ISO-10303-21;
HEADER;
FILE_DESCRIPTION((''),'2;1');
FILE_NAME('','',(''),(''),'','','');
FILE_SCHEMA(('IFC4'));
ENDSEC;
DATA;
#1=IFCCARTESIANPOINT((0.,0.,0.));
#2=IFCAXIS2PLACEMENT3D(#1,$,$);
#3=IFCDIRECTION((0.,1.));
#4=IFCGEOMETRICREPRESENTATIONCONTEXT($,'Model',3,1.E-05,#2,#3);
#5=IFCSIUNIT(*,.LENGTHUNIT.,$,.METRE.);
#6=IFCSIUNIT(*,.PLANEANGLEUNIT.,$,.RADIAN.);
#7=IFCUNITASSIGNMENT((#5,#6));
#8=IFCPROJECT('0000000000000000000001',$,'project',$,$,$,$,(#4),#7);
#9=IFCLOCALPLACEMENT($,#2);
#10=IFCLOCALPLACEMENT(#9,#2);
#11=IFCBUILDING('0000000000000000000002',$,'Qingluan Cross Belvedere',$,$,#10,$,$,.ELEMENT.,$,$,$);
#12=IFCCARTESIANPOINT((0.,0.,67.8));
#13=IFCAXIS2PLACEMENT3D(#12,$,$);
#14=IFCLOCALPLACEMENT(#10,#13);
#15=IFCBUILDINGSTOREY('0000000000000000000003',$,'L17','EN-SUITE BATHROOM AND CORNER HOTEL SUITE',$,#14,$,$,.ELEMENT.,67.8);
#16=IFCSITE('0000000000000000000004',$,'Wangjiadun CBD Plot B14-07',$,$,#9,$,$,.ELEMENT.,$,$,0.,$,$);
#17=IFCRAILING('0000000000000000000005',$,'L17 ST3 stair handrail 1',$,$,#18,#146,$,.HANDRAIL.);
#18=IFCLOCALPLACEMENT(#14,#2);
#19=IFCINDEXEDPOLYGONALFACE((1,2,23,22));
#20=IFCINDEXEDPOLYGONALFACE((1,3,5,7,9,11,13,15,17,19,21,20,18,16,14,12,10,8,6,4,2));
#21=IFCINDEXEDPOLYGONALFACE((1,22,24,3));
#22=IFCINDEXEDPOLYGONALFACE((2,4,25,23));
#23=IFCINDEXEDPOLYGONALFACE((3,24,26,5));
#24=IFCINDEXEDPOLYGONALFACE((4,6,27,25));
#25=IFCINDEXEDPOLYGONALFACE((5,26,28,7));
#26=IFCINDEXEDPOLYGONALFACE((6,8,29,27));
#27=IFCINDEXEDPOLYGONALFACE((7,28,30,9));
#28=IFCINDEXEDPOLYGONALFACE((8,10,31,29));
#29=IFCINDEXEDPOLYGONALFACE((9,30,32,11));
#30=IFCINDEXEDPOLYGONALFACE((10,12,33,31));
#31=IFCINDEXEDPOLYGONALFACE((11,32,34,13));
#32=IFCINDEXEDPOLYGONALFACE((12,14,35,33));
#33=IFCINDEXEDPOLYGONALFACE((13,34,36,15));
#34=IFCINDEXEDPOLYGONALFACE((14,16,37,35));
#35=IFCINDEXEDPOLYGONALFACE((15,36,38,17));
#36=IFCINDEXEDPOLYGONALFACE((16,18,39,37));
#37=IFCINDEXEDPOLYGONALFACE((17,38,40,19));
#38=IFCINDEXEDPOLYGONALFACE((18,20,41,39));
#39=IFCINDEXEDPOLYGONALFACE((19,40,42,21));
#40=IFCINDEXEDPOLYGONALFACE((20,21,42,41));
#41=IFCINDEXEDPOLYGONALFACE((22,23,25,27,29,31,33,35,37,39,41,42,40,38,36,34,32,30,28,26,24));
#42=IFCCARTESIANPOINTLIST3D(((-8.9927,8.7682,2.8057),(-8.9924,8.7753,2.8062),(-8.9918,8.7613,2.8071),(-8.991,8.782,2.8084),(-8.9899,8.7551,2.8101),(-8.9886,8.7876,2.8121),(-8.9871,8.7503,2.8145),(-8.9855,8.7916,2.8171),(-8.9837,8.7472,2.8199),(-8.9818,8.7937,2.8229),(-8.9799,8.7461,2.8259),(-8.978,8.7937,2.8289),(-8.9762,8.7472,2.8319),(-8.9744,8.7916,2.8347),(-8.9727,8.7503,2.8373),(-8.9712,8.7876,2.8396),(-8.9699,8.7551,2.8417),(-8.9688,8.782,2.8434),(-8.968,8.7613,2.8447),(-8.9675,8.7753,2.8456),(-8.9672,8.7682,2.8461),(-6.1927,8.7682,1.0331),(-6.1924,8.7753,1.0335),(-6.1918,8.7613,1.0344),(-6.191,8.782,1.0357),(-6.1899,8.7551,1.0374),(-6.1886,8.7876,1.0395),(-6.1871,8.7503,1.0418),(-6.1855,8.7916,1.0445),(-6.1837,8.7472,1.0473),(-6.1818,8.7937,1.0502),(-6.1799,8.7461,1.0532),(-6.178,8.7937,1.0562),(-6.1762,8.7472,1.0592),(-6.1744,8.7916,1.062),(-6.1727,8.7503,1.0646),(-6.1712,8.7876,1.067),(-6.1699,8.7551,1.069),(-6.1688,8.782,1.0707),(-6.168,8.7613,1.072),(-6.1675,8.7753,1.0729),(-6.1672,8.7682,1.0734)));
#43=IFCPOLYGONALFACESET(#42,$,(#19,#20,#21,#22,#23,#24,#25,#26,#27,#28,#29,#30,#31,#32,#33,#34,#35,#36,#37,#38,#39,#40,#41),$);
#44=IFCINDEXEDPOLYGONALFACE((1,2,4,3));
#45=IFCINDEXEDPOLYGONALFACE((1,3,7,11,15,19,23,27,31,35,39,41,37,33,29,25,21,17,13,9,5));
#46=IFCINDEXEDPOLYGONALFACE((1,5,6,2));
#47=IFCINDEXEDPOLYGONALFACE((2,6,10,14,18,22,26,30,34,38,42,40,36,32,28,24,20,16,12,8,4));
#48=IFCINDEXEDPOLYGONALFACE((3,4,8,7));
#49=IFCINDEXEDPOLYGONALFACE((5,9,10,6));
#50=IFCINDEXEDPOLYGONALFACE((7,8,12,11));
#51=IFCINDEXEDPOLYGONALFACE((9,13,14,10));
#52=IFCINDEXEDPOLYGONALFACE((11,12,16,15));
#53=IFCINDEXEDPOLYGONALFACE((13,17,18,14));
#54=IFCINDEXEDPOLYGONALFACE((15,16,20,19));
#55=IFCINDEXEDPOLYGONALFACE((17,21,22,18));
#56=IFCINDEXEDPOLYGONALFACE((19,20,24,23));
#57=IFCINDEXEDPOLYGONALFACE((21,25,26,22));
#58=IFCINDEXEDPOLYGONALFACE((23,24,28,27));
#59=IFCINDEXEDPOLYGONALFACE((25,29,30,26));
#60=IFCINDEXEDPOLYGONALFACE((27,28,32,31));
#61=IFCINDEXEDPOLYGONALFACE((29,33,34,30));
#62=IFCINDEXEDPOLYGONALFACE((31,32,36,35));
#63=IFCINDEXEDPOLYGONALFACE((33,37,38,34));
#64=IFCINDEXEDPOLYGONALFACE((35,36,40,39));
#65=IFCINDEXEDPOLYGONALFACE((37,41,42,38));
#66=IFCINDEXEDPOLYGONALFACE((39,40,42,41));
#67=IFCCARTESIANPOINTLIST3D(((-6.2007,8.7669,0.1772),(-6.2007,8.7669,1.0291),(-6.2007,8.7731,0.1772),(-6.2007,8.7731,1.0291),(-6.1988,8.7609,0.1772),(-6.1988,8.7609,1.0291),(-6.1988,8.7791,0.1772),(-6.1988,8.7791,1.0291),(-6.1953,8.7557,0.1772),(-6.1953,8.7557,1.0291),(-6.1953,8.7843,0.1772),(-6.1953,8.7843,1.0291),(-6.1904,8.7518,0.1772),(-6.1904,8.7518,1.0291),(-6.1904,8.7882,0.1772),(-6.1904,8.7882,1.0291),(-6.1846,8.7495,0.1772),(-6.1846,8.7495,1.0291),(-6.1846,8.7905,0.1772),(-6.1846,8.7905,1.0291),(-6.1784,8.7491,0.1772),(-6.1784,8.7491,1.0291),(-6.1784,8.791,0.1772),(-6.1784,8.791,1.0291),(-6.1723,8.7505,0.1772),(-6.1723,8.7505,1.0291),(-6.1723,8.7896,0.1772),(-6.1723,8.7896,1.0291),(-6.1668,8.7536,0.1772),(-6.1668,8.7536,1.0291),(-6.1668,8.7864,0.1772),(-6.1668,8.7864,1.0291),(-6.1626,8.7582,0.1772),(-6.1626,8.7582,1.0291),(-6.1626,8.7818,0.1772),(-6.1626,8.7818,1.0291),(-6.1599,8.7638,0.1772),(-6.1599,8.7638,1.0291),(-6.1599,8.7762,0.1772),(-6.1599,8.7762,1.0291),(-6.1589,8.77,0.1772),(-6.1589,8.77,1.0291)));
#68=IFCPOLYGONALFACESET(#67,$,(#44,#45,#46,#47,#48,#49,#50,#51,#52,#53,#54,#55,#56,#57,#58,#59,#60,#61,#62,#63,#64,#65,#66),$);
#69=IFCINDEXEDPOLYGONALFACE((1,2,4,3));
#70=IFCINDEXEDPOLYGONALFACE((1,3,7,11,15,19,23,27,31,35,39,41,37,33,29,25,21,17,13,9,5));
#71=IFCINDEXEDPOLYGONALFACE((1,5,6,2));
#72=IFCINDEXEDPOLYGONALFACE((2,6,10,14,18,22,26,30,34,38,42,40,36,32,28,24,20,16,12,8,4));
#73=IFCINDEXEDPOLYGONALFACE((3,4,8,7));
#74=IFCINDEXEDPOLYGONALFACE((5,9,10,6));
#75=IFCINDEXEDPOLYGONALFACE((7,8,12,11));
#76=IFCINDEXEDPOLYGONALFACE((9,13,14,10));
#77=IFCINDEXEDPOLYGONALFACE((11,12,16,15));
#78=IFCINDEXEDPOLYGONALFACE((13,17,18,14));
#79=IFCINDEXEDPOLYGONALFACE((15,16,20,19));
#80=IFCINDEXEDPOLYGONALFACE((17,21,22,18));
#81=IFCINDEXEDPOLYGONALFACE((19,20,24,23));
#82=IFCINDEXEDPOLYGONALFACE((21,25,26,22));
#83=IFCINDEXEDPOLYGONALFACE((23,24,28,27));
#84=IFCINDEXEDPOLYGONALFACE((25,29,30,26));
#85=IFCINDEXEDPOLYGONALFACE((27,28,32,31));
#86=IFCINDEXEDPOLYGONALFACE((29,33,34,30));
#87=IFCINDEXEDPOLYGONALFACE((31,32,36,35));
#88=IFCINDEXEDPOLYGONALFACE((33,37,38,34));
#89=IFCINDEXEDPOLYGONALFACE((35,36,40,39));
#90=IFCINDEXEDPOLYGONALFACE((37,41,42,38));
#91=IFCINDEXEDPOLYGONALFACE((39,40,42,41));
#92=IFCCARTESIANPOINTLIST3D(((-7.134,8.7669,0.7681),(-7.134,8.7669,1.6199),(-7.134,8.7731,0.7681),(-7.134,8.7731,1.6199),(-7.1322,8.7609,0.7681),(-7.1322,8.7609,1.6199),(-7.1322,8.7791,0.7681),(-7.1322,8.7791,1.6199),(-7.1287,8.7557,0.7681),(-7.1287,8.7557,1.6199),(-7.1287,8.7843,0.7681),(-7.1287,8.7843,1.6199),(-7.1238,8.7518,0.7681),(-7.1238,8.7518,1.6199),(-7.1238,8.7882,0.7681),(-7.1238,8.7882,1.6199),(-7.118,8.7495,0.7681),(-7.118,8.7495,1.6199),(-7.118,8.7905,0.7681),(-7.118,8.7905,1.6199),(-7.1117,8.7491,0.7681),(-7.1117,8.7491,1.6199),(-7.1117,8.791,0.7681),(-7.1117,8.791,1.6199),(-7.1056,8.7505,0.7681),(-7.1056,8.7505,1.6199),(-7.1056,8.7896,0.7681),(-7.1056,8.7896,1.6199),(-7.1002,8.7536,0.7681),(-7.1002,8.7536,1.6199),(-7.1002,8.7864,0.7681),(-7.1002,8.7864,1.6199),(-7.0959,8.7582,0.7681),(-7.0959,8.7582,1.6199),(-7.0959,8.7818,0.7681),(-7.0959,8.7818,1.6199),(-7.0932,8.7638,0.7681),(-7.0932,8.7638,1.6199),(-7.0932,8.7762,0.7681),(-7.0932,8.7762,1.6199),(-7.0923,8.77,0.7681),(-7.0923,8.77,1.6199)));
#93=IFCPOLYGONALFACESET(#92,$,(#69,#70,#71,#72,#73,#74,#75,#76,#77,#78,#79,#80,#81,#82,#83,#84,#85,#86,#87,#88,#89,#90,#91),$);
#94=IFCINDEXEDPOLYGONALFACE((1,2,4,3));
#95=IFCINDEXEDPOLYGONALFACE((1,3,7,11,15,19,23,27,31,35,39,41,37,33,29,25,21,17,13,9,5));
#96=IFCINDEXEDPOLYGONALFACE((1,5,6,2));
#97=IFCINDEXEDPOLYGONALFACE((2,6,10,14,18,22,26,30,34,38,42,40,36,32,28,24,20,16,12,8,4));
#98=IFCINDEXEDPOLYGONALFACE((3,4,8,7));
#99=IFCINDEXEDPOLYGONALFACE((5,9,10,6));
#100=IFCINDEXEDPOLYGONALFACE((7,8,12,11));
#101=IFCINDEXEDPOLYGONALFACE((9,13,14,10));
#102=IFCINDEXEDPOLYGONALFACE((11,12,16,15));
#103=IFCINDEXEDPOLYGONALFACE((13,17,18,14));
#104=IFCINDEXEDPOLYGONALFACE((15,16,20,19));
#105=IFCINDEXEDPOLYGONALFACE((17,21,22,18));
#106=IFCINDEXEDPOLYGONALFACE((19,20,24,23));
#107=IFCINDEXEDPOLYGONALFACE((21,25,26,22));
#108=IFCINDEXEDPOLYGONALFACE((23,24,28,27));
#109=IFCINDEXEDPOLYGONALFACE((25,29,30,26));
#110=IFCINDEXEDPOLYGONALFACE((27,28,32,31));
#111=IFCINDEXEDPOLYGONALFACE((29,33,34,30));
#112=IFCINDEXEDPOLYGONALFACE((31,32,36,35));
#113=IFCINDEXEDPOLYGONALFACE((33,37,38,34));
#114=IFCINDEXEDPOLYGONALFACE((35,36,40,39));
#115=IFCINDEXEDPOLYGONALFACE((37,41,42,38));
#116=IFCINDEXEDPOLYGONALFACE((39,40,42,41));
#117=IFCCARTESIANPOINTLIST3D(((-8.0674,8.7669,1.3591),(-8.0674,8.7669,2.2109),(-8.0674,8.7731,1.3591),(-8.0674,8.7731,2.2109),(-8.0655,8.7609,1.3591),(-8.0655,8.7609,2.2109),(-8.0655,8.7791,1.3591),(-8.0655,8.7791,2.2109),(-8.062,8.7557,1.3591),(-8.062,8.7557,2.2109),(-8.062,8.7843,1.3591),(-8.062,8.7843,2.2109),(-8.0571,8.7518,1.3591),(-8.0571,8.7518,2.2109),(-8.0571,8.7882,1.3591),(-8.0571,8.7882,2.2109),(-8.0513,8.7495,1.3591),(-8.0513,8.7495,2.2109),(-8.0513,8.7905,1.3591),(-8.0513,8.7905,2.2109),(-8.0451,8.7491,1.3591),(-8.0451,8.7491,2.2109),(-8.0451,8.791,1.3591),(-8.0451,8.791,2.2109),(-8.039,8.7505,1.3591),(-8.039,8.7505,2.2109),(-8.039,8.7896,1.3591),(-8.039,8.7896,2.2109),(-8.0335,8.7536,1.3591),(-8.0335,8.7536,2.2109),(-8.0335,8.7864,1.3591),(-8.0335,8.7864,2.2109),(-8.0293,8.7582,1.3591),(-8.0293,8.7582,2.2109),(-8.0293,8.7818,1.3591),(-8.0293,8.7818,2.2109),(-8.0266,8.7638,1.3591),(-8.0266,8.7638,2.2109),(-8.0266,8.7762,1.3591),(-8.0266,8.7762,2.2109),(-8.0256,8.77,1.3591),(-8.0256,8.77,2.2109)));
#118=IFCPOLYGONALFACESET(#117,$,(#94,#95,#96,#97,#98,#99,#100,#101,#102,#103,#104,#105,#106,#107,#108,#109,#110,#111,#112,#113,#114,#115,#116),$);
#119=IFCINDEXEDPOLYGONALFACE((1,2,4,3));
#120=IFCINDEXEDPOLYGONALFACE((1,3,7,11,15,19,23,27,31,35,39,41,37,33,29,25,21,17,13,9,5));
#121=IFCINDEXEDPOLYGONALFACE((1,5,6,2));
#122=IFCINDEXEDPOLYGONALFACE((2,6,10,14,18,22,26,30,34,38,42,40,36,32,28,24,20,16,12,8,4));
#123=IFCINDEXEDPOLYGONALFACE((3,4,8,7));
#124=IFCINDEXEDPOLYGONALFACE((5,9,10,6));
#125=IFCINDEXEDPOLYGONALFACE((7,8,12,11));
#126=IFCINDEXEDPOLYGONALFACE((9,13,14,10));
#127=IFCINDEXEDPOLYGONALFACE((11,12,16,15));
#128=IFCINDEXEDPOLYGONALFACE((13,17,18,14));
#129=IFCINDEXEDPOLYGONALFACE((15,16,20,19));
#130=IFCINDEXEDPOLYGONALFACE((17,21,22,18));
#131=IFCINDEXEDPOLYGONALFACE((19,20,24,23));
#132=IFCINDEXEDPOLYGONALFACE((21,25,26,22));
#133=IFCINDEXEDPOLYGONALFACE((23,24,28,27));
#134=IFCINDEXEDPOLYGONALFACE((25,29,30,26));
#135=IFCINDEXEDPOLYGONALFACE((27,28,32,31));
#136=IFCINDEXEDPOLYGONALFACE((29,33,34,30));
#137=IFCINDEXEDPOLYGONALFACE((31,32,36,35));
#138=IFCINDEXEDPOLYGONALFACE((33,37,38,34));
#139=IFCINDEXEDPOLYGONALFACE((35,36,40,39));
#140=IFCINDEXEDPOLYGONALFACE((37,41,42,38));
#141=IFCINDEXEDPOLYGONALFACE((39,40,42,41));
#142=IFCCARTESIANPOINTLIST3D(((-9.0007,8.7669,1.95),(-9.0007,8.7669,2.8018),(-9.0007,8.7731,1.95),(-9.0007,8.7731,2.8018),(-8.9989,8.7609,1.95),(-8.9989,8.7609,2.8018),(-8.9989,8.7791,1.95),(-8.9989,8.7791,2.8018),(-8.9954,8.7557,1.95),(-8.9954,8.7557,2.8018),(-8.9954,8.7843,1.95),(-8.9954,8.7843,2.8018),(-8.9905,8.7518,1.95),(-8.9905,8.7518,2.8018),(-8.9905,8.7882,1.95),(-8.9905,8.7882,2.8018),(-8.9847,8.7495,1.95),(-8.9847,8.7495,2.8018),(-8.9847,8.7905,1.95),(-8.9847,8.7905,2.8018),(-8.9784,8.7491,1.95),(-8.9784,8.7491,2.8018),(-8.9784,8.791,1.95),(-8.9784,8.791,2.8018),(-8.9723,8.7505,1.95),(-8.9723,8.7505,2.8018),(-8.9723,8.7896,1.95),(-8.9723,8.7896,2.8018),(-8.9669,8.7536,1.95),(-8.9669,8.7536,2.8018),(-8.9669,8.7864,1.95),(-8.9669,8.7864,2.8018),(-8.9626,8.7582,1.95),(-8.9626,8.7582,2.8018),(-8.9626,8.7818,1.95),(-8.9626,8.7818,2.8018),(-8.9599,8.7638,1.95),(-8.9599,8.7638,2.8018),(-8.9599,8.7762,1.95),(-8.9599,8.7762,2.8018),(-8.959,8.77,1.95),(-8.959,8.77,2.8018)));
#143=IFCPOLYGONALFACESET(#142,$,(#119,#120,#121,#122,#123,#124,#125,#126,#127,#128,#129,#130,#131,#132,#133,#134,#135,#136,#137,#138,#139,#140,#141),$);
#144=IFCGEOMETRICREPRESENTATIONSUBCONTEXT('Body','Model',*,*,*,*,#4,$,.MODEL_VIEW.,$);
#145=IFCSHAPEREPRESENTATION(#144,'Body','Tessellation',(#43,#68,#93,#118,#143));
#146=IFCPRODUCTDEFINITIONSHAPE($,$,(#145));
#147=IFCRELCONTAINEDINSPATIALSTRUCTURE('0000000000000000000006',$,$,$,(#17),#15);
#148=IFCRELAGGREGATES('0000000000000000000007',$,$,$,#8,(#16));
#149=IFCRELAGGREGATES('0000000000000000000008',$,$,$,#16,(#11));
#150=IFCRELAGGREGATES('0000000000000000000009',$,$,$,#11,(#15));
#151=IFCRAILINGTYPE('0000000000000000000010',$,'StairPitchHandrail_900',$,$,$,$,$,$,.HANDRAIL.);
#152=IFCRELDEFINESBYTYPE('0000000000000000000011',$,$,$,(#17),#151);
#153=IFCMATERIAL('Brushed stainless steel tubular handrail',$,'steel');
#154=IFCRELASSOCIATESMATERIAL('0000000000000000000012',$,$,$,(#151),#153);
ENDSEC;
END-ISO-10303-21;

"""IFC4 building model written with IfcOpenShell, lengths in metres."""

from ifc_helpers import new_model, si_unit, direction, frame, origin, origin_2d, place, context, subcontext, project, spatial, circle, extrude, material, type_object, element, save


model = new_model("IFC4")

# Units and contexts
model_context = context("Model", 3, precision=1e-05, world=origin(), true_north=direction((0.0, 1.0)))
body_context = subcontext(model_context, "Body", "Model", "MODEL_VIEW")
ifc_project = project(units=[si_unit("LENGTHUNIT", "METRE"), si_unit("PLANEANGLEUNIT", "RADIAN")], contexts=[model_context])

# Site, building, storey
site_placement = place(None, origin())
site = spatial("IfcSite", under=ifc_project, at=site_placement, Name="Wangjiadun CBD Plot B14-07", CompositionType="ELEMENT", RefElevation=0.0)
building_placement = place(site_placement, origin())
building = spatial("IfcBuilding", under=site, at=building_placement, Name="Qingluan Cross Belvedere", CompositionType="ELEMENT")
storey_placement = place(building_placement, frame((0.0, 0.0, 67.8)))
storey = spatial("IfcBuildingStorey", under=building, at=storey_placement, Name="L17", Description="EN-SUITE BATHROOM AND CORNER HOTEL SUITE", CompositionType="ELEMENT", Elevation=67.8)

# Railing
ifc_material_1 = material(Name="Brushed stainless steel tubular handrail", Category="steel")
railing_type_1 = type_object("IfcRailingType", Name="StairPitchHandrail_900", PredefinedType="HANDRAIL", material=ifc_material_1)
railing_1_placement = place(storey_placement, frame((-6.1799, 8.77, 0.1772)))
element("IfcRailing", 1, at=railing_1_placement, inside=storey, type_object=railing_type_1, Name="L17 ST3 stair handrail 1", PredefinedType="HANDRAIL", context=body_context, shape_type="SweptSolid", body=[
    extrude(circle(Radius=0.0239, at=origin_2d()), frame((0.0, 0.0, 0.876), z_axis=(-0.844909, 0.0, 0.53491), x_axis=(0.0, -1.0, 0.0)), (0.0, 0.0, 1.0), 3.314),
    extrude(circle(Radius=0.021, at=origin_2d()), origin(), (0.0, 0.0, 1.0), 0.8518),
    extrude(circle(Radius=0.021, at=origin_2d()), frame((-0.9333, 0.0, 0.5908)), (0.0, 0.0, 1.0), 0.8518),
    extrude(circle(Radius=0.021, at=origin_2d()), frame((-1.8667, 0.0, 1.1819)), (0.0, 0.0, 1.0), 0.8518),
    extrude(circle(Radius=0.021, at=origin_2d()), frame((-2.8, 0.0, 1.7727)), (0.0, 0.0, 1.0), 0.8518),
])

save(model, "model.ifc")
